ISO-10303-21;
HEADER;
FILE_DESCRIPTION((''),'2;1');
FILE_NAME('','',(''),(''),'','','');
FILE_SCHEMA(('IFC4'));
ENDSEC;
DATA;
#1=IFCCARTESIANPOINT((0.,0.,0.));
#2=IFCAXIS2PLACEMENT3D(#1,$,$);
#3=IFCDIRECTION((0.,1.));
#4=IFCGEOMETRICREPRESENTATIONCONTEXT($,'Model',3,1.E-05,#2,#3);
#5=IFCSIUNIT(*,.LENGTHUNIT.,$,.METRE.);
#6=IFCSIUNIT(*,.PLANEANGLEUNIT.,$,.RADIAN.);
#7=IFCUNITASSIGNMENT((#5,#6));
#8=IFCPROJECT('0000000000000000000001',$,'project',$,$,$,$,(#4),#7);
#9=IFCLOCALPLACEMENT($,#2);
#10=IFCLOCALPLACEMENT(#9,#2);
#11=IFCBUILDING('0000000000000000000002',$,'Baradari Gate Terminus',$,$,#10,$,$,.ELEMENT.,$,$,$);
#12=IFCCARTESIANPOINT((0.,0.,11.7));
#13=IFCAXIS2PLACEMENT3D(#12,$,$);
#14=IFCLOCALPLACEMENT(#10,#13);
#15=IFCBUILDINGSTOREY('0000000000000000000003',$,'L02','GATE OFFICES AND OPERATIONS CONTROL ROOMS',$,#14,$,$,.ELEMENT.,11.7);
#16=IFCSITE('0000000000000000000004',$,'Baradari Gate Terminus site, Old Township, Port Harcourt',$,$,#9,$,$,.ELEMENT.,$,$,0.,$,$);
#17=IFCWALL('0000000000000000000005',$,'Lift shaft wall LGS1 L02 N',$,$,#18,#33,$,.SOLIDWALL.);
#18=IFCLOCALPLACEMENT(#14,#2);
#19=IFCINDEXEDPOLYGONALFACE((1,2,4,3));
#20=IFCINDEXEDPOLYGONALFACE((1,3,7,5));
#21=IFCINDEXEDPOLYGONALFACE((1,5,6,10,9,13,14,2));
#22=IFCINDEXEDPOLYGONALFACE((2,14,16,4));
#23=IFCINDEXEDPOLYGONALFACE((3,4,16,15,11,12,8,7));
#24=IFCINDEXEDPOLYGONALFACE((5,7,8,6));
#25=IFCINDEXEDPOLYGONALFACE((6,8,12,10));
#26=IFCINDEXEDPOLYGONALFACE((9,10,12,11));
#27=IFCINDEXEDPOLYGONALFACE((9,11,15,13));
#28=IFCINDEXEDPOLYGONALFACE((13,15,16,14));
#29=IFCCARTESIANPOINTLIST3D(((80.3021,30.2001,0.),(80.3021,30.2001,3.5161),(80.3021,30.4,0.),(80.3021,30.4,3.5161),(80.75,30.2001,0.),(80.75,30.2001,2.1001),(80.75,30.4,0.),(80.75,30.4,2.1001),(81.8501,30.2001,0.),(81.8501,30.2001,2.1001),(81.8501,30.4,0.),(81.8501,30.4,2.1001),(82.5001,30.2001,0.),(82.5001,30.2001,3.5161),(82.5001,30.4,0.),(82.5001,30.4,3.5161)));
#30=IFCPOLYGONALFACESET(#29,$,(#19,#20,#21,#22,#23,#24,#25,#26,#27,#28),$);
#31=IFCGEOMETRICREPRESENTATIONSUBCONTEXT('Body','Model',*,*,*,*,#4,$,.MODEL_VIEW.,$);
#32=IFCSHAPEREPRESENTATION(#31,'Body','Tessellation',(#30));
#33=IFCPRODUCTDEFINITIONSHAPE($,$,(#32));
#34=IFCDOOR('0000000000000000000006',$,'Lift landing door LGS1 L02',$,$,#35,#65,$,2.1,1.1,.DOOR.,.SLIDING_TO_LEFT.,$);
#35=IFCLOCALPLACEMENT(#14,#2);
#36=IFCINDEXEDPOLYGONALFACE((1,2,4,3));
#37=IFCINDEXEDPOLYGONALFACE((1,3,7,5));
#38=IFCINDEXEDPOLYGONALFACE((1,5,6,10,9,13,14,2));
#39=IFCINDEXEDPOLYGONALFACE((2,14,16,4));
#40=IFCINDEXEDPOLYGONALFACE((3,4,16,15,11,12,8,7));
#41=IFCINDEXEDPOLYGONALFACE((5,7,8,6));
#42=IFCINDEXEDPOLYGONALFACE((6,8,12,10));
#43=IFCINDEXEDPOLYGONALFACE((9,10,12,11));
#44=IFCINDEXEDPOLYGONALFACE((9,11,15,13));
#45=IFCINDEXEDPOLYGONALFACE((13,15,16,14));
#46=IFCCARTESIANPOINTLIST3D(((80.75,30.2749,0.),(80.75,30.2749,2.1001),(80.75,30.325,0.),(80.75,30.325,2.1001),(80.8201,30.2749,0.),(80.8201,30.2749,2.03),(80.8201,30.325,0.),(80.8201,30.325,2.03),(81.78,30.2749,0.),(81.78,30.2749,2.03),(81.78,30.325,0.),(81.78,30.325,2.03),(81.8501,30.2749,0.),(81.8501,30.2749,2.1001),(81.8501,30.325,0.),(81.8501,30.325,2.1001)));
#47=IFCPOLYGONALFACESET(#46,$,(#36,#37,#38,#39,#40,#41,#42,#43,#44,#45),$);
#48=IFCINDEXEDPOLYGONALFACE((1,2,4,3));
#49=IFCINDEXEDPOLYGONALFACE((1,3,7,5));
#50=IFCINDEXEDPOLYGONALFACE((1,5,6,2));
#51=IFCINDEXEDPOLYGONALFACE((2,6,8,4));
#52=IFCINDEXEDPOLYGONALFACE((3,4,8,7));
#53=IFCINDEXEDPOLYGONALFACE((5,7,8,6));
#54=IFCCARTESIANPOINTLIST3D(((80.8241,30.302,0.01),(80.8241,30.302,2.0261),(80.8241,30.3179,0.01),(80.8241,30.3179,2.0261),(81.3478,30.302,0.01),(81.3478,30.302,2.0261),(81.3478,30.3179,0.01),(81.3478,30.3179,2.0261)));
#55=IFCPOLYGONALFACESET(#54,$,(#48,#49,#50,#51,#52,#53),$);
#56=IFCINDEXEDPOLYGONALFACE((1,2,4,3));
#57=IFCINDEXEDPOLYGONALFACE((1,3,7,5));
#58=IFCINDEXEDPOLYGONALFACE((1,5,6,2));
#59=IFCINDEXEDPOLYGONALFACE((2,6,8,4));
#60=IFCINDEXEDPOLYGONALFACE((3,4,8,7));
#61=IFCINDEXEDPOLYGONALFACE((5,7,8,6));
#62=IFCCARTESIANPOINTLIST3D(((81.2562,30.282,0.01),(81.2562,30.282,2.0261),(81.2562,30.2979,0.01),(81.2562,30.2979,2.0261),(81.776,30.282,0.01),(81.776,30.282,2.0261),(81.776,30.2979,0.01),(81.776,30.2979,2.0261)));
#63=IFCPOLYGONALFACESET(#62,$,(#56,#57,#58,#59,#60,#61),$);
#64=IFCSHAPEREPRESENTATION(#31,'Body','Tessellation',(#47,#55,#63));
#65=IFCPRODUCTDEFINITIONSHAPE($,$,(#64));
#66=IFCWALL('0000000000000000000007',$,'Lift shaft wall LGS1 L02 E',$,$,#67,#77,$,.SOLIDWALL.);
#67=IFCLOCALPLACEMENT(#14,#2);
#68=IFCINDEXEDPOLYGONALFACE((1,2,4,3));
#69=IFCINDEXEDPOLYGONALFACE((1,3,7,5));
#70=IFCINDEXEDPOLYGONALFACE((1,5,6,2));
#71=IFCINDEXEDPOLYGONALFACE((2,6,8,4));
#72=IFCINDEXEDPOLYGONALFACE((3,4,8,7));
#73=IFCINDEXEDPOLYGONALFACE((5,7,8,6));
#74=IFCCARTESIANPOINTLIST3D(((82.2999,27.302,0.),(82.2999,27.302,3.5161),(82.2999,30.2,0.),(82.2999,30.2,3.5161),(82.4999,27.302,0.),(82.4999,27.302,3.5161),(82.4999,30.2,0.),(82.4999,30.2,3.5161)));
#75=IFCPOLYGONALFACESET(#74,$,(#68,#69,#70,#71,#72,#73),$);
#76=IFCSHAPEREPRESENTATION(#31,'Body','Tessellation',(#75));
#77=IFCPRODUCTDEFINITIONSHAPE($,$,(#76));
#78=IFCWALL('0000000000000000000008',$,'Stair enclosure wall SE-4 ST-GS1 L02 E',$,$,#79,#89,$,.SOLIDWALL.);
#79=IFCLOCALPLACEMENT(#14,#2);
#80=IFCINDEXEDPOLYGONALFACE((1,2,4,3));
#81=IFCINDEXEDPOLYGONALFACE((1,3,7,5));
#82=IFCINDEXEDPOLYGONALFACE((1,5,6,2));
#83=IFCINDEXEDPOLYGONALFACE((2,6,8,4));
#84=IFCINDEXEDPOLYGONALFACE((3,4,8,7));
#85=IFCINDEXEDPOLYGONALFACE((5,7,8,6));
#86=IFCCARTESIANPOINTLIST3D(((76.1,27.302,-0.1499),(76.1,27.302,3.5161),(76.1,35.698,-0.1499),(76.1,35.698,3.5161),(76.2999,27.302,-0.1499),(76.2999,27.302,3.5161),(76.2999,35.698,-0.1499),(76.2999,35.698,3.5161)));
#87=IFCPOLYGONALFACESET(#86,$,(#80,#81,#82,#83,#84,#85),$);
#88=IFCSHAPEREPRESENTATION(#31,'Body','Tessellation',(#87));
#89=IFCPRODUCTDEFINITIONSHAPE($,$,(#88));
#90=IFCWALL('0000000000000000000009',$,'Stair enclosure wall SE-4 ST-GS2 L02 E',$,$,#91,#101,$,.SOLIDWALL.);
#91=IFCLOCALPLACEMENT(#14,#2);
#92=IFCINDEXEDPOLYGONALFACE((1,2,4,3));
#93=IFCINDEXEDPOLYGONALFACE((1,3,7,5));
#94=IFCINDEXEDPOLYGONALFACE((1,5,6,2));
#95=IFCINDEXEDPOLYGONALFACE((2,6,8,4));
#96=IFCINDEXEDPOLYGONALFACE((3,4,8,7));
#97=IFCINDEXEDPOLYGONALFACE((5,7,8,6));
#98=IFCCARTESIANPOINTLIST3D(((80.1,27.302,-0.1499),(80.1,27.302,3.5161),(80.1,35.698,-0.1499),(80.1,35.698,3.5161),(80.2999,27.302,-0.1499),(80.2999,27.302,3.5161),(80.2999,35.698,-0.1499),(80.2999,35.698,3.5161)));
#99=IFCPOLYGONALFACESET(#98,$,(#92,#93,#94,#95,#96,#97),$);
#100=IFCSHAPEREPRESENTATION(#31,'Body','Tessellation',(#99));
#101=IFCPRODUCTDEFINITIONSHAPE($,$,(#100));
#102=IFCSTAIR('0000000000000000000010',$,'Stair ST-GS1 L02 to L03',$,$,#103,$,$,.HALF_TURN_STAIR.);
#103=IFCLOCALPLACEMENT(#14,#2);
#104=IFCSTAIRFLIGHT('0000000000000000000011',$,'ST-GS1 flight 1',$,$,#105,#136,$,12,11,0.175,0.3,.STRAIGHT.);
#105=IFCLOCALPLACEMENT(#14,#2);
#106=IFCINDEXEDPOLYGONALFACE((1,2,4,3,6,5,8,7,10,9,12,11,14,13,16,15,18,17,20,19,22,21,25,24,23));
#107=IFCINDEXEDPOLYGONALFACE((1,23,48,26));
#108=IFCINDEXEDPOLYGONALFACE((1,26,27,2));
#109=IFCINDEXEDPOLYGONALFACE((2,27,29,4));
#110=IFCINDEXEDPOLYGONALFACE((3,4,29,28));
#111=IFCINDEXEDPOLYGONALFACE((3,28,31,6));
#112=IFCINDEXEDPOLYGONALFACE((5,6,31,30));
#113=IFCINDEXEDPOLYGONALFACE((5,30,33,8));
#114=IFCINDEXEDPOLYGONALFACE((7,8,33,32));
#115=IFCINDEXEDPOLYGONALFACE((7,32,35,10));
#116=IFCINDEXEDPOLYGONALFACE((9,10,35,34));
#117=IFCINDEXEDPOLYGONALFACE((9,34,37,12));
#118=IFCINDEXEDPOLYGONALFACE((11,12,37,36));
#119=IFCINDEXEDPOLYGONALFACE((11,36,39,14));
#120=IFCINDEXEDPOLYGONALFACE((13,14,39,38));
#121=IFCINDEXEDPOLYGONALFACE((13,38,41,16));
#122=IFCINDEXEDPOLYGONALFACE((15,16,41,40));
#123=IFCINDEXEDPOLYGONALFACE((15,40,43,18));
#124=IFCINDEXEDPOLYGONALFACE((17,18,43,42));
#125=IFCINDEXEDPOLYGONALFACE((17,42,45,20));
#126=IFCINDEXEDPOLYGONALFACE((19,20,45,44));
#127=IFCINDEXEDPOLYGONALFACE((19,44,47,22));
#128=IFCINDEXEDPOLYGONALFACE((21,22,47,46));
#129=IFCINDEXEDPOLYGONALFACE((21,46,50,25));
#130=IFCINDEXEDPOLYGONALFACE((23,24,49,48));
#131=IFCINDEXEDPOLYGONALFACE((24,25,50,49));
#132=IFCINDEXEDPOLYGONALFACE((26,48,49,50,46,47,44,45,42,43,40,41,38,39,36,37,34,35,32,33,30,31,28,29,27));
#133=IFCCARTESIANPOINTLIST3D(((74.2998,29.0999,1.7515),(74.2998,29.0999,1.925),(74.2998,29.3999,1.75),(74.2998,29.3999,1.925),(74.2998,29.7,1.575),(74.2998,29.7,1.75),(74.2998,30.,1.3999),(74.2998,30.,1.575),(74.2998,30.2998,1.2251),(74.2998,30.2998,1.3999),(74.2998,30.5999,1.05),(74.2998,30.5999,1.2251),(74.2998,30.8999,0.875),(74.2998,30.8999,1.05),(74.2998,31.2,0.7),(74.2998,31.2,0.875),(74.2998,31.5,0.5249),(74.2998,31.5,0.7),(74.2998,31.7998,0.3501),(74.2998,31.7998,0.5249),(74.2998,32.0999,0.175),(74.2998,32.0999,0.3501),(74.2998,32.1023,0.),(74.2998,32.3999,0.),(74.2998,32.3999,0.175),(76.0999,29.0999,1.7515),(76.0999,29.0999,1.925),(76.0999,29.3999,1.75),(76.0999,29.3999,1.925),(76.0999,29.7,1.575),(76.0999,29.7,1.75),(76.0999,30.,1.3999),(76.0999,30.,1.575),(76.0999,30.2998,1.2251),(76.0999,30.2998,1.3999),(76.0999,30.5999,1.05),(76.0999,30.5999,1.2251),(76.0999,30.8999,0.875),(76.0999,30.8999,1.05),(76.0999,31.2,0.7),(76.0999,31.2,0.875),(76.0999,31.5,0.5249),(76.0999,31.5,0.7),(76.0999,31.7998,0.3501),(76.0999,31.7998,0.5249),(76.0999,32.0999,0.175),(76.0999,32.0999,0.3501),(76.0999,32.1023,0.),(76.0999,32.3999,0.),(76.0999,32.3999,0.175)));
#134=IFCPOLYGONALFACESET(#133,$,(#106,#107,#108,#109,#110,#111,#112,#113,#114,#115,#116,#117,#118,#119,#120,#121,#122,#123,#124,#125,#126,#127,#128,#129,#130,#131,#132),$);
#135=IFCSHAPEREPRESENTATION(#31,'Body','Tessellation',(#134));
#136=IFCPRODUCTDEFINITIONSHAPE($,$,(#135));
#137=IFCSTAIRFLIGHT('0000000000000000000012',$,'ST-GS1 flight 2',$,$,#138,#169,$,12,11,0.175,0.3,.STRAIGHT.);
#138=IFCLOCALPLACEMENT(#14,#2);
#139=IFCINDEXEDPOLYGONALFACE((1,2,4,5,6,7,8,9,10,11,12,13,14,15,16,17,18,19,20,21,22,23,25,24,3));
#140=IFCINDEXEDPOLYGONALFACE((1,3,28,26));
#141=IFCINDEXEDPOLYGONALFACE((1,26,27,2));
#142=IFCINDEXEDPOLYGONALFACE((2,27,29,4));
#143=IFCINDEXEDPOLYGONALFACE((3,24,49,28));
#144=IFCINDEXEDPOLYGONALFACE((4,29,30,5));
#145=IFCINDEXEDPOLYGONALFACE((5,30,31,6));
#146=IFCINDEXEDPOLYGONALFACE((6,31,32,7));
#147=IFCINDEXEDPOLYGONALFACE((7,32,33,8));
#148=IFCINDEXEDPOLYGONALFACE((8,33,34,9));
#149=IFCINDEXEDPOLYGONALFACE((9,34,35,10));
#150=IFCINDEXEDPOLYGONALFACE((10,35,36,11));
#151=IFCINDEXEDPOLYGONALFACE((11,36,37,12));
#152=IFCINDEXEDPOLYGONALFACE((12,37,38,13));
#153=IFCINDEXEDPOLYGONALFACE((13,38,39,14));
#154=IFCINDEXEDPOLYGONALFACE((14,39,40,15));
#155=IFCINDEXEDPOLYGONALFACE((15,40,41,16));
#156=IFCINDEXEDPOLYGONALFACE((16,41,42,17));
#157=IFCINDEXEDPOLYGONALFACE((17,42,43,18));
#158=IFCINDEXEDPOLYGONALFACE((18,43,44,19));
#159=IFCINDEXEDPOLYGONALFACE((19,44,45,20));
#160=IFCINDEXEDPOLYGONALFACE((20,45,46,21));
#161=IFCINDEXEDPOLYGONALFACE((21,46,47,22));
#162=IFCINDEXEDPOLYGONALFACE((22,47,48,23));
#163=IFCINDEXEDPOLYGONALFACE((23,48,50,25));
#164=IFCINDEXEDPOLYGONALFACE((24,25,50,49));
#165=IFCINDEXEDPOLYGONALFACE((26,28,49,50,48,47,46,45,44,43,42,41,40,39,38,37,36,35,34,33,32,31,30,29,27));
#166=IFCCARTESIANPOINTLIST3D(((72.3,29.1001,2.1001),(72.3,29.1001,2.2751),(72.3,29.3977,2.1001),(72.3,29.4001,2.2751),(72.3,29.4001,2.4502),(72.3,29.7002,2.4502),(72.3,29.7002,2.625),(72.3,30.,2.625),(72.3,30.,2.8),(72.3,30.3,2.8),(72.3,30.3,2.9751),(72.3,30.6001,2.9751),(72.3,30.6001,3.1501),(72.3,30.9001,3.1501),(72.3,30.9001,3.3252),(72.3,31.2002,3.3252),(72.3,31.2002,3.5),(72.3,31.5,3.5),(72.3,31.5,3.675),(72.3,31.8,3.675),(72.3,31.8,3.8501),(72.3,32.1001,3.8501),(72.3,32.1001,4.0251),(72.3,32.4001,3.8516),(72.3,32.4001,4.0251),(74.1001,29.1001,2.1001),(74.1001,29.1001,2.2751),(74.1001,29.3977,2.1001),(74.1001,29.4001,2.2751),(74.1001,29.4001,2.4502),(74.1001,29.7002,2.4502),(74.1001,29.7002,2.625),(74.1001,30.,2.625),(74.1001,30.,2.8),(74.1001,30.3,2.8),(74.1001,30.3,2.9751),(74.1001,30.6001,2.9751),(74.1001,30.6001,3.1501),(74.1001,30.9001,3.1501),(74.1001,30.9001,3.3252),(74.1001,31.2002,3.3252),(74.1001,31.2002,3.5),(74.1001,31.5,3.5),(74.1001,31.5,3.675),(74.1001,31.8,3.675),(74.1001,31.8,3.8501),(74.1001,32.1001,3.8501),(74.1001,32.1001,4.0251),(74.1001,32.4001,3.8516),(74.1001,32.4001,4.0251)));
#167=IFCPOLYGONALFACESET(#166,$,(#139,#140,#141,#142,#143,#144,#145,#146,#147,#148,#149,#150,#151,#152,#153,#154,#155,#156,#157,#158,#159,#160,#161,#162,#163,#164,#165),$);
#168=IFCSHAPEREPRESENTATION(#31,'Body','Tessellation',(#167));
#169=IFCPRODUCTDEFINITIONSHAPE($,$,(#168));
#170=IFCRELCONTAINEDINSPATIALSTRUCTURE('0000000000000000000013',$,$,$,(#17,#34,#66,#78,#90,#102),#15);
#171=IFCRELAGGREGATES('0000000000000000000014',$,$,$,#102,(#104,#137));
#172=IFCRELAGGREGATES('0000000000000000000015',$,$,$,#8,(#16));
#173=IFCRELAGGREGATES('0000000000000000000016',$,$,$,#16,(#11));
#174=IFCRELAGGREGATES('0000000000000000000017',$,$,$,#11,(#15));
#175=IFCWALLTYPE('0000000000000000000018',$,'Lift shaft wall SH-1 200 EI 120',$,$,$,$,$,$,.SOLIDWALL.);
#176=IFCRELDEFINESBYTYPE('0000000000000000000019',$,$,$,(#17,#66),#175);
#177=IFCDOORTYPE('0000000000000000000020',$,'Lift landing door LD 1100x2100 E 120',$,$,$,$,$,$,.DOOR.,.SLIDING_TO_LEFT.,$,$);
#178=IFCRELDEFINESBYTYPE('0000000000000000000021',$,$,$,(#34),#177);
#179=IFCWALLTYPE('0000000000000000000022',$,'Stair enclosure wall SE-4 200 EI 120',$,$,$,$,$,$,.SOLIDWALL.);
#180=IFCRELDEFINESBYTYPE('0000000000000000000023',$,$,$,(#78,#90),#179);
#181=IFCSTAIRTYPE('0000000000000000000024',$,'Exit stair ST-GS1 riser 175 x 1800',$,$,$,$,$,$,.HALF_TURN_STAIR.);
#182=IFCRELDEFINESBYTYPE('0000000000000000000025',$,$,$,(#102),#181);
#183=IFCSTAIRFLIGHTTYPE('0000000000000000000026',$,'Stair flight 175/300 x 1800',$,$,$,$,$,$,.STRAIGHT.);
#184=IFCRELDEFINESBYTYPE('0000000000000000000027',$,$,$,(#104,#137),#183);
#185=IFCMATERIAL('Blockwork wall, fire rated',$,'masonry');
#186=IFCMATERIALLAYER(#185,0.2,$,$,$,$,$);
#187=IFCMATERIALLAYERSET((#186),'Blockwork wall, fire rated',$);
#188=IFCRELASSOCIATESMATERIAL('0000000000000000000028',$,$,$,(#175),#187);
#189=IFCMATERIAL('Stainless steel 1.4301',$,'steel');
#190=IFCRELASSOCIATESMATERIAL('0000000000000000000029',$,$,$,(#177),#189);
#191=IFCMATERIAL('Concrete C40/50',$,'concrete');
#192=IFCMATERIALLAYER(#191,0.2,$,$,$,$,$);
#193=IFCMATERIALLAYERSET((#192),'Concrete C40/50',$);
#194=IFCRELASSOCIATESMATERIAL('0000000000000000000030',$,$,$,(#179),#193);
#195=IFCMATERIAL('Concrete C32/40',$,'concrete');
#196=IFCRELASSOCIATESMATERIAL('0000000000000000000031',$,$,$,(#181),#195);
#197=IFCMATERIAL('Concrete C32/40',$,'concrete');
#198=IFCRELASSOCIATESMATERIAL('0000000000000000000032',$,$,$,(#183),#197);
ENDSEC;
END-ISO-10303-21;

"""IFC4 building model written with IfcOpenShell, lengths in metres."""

from ifc_helpers import new_model, si_unit, direction, frame, frame_2d, origin, place, context, subcontext, project, spatial, polyline, rectangle, outline, extrude, material, layer, layer_set, type_object, element, fill, aggregate, save


model = new_model("IFC4")

# Units and contexts
model_context = context("Model", 3, precision=1e-05, world=origin(), true_north=direction((0.0, 1.0)))
body_context = subcontext(model_context, "Body", "Model", "MODEL_VIEW")
ifc_project = project(units=[si_unit("LENGTHUNIT", "METRE"), si_unit("PLANEANGLEUNIT", "RADIAN")], contexts=[model_context])

# Site, building, storey
site_placement = place(None, origin())
site = spatial("IfcSite", under=ifc_project, at=site_placement, Name="Baradari Gate Terminus site, Old Township, Port Harcourt", CompositionType="ELEMENT", RefElevation=0.0)
building_placement = place(site_placement, origin())
building = spatial("IfcBuilding", under=site, at=building_placement, Name="Baradari Gate Terminus", CompositionType="ELEMENT")
storey_placement = place(building_placement, frame((0.0, 0.0, 11.7)))
storey = spatial("IfcBuildingStorey", under=building, at=storey_placement, Name="L02", Description="GATE OFFICES AND OPERATIONS CONTROL ROOMS", CompositionType="ELEMENT", Elevation=11.7)

# Wall, opening, door
ifc_material_1 = material(Name="Blockwork wall, fire rated", Category="masonry")
ifc_layer_1 = layer(ifc_material_1, 0.2)
ifc_layer_set_1 = layer_set([ifc_layer_1], Name="Blockwork wall, fire rated")
wall_type_1 = type_object("IfcWallType", Name="Lift shaft wall SH-1 200 EI 120", PredefinedType="SOLIDWALL", material=ifc_layer_set_1)
wall_1_placement = place(storey_placement, frame((80.302, 30.3, 0.0), z_axis=(0.0, 0.0, 1.0), x_axis=(1.0, 0.0, 0.0)))
wall_1 = element("IfcWall", 1, at=wall_1_placement, inside=storey, type_object=wall_type_1, Name="Lift shaft wall LGS1 L02 N", PredefinedType="SOLIDWALL", context=body_context, shape_type="SweptSolid", body=[
    extrude(rectangle(XDim=2.198, YDim=0.2, at=frame_2d((1.0991, 0.0))), origin(), (0.0, 0.0, 1.0), 3.5161),
])
opening_placement = place(wall_1_placement, frame((0.448, 0.0, 0.0)))
opening = element("IfcOpeningElement", 2, at=opening_placement, cuts=wall_1, PredefinedType="OPENING", context=body_context, shape_type="SweptSolid", body=[
    extrude(rectangle(XDim=1.1001, YDim=2.1001, at=frame_2d((0.55, 1.05))), frame((0.0, 0.1099, 0.0), z_axis=(0.0, -1.0, 0.0), x_axis=(1.0, 0.0, 0.0)), (0.0, 0.0, 1.0), 0.22),
])
ifc_material_2 = material(Name="Stainless steel 1.4301", Category="steel")
door_type = type_object("IfcDoorType", Name="Lift landing door LD 1100x2100 E 120", OperationType="SLIDING_TO_LEFT", PredefinedType="DOOR", material=ifc_material_2)
door_placement = place(opening_placement, origin())
door = element("IfcDoor", 3, at=door_placement, inside=storey, type_object=door_type, Name="Lift landing door LGS1 L02", OperationType="SLIDING_TO_LEFT", OverallHeight=2.1, OverallWidth=1.1, PredefinedType="DOOR", context=body_context, shape_type="SweptSolid", body=[
    extrude(outline(polyline([(0.0, 0.0), (0.0701, 0.0), (0.0701, 2.03), (1.03, 2.03), (1.03, 0.0), (1.1001, 0.0), (1.1001, 2.1001), (0.0, 2.1001), (0.0, 0.0)])), frame((0.0, 0.0249, 0.0), z_axis=(0.0, -1.0, 0.0), x_axis=(1.0, 0.0, 0.0)), (0.0, 0.0, 1.0), 0.05),
    extrude(rectangle(XDim=0.5237, YDim=2.0161, at=frame_2d((0.3359, 1.0181))), frame((0.0, 0.0178, 0.0), z_axis=(0.0, -1.0, 0.0), x_axis=(1.0, 0.0, 0.0)), (0.0, 0.0, 1.0), 0.0159),
    extrude(rectangle(XDim=0.5198, YDim=2.0161, at=frame_2d((0.7661, 1.0181))), frame((0.0, -0.0022, 0.0), z_axis=(0.0, -1.0, 0.0), x_axis=(1.0, 0.0, 0.0)), (0.0, 0.0, 1.0), 0.0159),
])
fill(opening, door)

# Walls
wall_2_placement = place(storey_placement, frame((82.3999, 27.302, 0.0), z_axis=(0.0, 0.0, 1.0), x_axis=(0.0, 1.0, 0.0)))
element("IfcWall", 4, at=wall_2_placement, inside=storey, type_object=wall_type_1, Name="Lift shaft wall LGS1 L02 E", PredefinedType="SOLIDWALL", context=body_context, shape_type="SweptSolid", body=[
    extrude(rectangle(XDim=2.8979, YDim=0.2, at=frame_2d((1.449, 0.0))), origin(), (0.0, 0.0, 1.0), 3.5161),
])
ifc_material_3 = material(Name="Concrete C40/50", Category="concrete")
ifc_layer_2 = layer(ifc_material_3, 0.2)
ifc_layer_set_2 = layer_set([ifc_layer_2], Name="Concrete C40/50")
wall_type_2 = type_object("IfcWallType", Name="Stair enclosure wall SE-4 200 EI 120", PredefinedType="SOLIDWALL", material=ifc_layer_set_2)
for number, where, z_axis, x_axis, name in (
    (5, (76.2, 27.302, -0.1499), (0.0, 0.0, 1.0), (0.0, 1.0, 0.0), "Stair enclosure wall SE-4 ST-GS1 L02 E"),
    (6, (80.2, 27.302, -0.1499), (0.0, 0.0, 1.0), (0.0, 1.0, 0.0), "Stair enclosure wall SE-4 ST-GS2 L02 E"),
):
    element("IfcWall", number, at=place(storey_placement, frame(where, z_axis=z_axis, x_axis=x_axis)), inside=storey, type_object=wall_type_2, Name=name, PredefinedType="SOLIDWALL", context=body_context, shape_type="SweptSolid", body=[
        extrude(rectangle(XDim=8.396, YDim=0.2, at=frame_2d((4.198, 0.0))), origin(), (0.0, 0.0, 1.0), 3.666),
    ])

# Stair, stair flights
ifc_material_4 = material(Name="Concrete C32/40", Category="concrete")
stair_type_1 = type_object("IfcStairType", Name="Exit stair ST-GS1 riser 175 x 1800", PredefinedType="HALF_TURN_STAIR", material=ifc_material_4)
stair_1_placement = place(storey_placement, origin())
stair_1 = element("IfcStair", 7, at=stair_1_placement, inside=storey, type_object=stair_type_1, Name="Stair ST-GS1 L02 to L03", PredefinedType="HALF_TURN_STAIR")
ifc_material_5 = material(Name="Concrete C32/40", Category="concrete")
stair_flight_type = type_object("IfcStairFlightType", Name="Stair flight 175/300 x 1800", PredefinedType="STRAIGHT", material=ifc_material_5)
stair_flight_1_placement = place(storey_placement, frame((75.2, 32.3999, 0.0), z_axis=(0.0, 0.0, 1.0), x_axis=(0.0, -1.0, 0.0)))
stair_flight_1 = element("IfcStairFlight", 8, at=stair_flight_1_placement, type_object=stair_flight_type, Name="ST-GS1 flight 1", NumberOfRisers=12, NumberOfTreads=11, PredefinedType="STRAIGHT", RiserHeight=0.175, TreadLength=0.3, context=body_context, shape_type="SweptSolid", body=[
    extrude(outline(polyline([(0.0, 0.0), (0.0, 0.175), (0.3, 0.175), (0.3, 0.3501), (0.6001, 0.3501), (0.6001, 0.5249), (0.8999, 0.5249), (0.8999, 0.7), (1.2, 0.7), (1.2, 0.875), (1.5, 0.875), (1.5, 1.05), (1.8, 1.05), (1.8, 1.2251), (2.1001, 1.2251), (2.1001, 1.3999), (2.3999, 1.3999), (2.3999, 1.575), (2.7, 1.575), (2.7, 1.75), (3.0, 1.75), (3.0, 1.925), (3.3, 1.925), (3.3, 2.1001), (3.3, 1.7515), (0.2976, 0.0), (0.0, 0.0)])), frame((0.0, 0.8999, 0.0), z_axis=(0.0, -1.0, 0.0), x_axis=(1.0, 0.0, 0.0)), (0.0, 0.0, 1.0), 1.8),
])
stair_flight_2_placement = place(storey_placement, frame((73.2, 29.1001, 2.1001), z_axis=(0.0, 0.0, 1.0), x_axis=(0.0, 1.0, 0.0)))
stair_flight_2 = element("IfcStairFlight", 9, at=stair_flight_2_placement, type_object=stair_flight_type, Name="ST-GS1 flight 2", NumberOfRisers=12, NumberOfTreads=11, PredefinedType="STRAIGHT", RiserHeight=0.175, TreadLength=0.3, context=body_context, shape_type="SweptSolid", body=[
    extrude(outline(polyline([(0.0, 0.0), (0.0, 0.175), (0.3, 0.175), (0.3, 0.3501), (0.6001, 0.3501), (0.6001, 0.5249), (0.8999, 0.5249), (0.8999, 0.7), (1.2, 0.7), (1.2, 0.875), (1.5, 0.875), (1.5, 1.05), (1.8, 1.05), (1.8, 1.2251), (2.1001, 1.2251), (2.1001, 1.3999), (2.3999, 1.3999), (2.3999, 1.575), (2.7, 1.575), (2.7, 1.75), (3.0, 1.75), (3.0, 1.925), (3.3, 1.925), (3.3, 2.1001), (3.3, 1.7515), (0.2976, 0.0), (0.0, 0.0)])), frame((0.0, 0.8999, 0.0), z_axis=(0.0, -1.0, 0.0), x_axis=(1.0, 0.0, 0.0)), (0.0, 0.0, 1.0), 1.8),
])
aggregate(stair_1, [stair_flight_1, stair_flight_2])

save(model, "model.ifc")
